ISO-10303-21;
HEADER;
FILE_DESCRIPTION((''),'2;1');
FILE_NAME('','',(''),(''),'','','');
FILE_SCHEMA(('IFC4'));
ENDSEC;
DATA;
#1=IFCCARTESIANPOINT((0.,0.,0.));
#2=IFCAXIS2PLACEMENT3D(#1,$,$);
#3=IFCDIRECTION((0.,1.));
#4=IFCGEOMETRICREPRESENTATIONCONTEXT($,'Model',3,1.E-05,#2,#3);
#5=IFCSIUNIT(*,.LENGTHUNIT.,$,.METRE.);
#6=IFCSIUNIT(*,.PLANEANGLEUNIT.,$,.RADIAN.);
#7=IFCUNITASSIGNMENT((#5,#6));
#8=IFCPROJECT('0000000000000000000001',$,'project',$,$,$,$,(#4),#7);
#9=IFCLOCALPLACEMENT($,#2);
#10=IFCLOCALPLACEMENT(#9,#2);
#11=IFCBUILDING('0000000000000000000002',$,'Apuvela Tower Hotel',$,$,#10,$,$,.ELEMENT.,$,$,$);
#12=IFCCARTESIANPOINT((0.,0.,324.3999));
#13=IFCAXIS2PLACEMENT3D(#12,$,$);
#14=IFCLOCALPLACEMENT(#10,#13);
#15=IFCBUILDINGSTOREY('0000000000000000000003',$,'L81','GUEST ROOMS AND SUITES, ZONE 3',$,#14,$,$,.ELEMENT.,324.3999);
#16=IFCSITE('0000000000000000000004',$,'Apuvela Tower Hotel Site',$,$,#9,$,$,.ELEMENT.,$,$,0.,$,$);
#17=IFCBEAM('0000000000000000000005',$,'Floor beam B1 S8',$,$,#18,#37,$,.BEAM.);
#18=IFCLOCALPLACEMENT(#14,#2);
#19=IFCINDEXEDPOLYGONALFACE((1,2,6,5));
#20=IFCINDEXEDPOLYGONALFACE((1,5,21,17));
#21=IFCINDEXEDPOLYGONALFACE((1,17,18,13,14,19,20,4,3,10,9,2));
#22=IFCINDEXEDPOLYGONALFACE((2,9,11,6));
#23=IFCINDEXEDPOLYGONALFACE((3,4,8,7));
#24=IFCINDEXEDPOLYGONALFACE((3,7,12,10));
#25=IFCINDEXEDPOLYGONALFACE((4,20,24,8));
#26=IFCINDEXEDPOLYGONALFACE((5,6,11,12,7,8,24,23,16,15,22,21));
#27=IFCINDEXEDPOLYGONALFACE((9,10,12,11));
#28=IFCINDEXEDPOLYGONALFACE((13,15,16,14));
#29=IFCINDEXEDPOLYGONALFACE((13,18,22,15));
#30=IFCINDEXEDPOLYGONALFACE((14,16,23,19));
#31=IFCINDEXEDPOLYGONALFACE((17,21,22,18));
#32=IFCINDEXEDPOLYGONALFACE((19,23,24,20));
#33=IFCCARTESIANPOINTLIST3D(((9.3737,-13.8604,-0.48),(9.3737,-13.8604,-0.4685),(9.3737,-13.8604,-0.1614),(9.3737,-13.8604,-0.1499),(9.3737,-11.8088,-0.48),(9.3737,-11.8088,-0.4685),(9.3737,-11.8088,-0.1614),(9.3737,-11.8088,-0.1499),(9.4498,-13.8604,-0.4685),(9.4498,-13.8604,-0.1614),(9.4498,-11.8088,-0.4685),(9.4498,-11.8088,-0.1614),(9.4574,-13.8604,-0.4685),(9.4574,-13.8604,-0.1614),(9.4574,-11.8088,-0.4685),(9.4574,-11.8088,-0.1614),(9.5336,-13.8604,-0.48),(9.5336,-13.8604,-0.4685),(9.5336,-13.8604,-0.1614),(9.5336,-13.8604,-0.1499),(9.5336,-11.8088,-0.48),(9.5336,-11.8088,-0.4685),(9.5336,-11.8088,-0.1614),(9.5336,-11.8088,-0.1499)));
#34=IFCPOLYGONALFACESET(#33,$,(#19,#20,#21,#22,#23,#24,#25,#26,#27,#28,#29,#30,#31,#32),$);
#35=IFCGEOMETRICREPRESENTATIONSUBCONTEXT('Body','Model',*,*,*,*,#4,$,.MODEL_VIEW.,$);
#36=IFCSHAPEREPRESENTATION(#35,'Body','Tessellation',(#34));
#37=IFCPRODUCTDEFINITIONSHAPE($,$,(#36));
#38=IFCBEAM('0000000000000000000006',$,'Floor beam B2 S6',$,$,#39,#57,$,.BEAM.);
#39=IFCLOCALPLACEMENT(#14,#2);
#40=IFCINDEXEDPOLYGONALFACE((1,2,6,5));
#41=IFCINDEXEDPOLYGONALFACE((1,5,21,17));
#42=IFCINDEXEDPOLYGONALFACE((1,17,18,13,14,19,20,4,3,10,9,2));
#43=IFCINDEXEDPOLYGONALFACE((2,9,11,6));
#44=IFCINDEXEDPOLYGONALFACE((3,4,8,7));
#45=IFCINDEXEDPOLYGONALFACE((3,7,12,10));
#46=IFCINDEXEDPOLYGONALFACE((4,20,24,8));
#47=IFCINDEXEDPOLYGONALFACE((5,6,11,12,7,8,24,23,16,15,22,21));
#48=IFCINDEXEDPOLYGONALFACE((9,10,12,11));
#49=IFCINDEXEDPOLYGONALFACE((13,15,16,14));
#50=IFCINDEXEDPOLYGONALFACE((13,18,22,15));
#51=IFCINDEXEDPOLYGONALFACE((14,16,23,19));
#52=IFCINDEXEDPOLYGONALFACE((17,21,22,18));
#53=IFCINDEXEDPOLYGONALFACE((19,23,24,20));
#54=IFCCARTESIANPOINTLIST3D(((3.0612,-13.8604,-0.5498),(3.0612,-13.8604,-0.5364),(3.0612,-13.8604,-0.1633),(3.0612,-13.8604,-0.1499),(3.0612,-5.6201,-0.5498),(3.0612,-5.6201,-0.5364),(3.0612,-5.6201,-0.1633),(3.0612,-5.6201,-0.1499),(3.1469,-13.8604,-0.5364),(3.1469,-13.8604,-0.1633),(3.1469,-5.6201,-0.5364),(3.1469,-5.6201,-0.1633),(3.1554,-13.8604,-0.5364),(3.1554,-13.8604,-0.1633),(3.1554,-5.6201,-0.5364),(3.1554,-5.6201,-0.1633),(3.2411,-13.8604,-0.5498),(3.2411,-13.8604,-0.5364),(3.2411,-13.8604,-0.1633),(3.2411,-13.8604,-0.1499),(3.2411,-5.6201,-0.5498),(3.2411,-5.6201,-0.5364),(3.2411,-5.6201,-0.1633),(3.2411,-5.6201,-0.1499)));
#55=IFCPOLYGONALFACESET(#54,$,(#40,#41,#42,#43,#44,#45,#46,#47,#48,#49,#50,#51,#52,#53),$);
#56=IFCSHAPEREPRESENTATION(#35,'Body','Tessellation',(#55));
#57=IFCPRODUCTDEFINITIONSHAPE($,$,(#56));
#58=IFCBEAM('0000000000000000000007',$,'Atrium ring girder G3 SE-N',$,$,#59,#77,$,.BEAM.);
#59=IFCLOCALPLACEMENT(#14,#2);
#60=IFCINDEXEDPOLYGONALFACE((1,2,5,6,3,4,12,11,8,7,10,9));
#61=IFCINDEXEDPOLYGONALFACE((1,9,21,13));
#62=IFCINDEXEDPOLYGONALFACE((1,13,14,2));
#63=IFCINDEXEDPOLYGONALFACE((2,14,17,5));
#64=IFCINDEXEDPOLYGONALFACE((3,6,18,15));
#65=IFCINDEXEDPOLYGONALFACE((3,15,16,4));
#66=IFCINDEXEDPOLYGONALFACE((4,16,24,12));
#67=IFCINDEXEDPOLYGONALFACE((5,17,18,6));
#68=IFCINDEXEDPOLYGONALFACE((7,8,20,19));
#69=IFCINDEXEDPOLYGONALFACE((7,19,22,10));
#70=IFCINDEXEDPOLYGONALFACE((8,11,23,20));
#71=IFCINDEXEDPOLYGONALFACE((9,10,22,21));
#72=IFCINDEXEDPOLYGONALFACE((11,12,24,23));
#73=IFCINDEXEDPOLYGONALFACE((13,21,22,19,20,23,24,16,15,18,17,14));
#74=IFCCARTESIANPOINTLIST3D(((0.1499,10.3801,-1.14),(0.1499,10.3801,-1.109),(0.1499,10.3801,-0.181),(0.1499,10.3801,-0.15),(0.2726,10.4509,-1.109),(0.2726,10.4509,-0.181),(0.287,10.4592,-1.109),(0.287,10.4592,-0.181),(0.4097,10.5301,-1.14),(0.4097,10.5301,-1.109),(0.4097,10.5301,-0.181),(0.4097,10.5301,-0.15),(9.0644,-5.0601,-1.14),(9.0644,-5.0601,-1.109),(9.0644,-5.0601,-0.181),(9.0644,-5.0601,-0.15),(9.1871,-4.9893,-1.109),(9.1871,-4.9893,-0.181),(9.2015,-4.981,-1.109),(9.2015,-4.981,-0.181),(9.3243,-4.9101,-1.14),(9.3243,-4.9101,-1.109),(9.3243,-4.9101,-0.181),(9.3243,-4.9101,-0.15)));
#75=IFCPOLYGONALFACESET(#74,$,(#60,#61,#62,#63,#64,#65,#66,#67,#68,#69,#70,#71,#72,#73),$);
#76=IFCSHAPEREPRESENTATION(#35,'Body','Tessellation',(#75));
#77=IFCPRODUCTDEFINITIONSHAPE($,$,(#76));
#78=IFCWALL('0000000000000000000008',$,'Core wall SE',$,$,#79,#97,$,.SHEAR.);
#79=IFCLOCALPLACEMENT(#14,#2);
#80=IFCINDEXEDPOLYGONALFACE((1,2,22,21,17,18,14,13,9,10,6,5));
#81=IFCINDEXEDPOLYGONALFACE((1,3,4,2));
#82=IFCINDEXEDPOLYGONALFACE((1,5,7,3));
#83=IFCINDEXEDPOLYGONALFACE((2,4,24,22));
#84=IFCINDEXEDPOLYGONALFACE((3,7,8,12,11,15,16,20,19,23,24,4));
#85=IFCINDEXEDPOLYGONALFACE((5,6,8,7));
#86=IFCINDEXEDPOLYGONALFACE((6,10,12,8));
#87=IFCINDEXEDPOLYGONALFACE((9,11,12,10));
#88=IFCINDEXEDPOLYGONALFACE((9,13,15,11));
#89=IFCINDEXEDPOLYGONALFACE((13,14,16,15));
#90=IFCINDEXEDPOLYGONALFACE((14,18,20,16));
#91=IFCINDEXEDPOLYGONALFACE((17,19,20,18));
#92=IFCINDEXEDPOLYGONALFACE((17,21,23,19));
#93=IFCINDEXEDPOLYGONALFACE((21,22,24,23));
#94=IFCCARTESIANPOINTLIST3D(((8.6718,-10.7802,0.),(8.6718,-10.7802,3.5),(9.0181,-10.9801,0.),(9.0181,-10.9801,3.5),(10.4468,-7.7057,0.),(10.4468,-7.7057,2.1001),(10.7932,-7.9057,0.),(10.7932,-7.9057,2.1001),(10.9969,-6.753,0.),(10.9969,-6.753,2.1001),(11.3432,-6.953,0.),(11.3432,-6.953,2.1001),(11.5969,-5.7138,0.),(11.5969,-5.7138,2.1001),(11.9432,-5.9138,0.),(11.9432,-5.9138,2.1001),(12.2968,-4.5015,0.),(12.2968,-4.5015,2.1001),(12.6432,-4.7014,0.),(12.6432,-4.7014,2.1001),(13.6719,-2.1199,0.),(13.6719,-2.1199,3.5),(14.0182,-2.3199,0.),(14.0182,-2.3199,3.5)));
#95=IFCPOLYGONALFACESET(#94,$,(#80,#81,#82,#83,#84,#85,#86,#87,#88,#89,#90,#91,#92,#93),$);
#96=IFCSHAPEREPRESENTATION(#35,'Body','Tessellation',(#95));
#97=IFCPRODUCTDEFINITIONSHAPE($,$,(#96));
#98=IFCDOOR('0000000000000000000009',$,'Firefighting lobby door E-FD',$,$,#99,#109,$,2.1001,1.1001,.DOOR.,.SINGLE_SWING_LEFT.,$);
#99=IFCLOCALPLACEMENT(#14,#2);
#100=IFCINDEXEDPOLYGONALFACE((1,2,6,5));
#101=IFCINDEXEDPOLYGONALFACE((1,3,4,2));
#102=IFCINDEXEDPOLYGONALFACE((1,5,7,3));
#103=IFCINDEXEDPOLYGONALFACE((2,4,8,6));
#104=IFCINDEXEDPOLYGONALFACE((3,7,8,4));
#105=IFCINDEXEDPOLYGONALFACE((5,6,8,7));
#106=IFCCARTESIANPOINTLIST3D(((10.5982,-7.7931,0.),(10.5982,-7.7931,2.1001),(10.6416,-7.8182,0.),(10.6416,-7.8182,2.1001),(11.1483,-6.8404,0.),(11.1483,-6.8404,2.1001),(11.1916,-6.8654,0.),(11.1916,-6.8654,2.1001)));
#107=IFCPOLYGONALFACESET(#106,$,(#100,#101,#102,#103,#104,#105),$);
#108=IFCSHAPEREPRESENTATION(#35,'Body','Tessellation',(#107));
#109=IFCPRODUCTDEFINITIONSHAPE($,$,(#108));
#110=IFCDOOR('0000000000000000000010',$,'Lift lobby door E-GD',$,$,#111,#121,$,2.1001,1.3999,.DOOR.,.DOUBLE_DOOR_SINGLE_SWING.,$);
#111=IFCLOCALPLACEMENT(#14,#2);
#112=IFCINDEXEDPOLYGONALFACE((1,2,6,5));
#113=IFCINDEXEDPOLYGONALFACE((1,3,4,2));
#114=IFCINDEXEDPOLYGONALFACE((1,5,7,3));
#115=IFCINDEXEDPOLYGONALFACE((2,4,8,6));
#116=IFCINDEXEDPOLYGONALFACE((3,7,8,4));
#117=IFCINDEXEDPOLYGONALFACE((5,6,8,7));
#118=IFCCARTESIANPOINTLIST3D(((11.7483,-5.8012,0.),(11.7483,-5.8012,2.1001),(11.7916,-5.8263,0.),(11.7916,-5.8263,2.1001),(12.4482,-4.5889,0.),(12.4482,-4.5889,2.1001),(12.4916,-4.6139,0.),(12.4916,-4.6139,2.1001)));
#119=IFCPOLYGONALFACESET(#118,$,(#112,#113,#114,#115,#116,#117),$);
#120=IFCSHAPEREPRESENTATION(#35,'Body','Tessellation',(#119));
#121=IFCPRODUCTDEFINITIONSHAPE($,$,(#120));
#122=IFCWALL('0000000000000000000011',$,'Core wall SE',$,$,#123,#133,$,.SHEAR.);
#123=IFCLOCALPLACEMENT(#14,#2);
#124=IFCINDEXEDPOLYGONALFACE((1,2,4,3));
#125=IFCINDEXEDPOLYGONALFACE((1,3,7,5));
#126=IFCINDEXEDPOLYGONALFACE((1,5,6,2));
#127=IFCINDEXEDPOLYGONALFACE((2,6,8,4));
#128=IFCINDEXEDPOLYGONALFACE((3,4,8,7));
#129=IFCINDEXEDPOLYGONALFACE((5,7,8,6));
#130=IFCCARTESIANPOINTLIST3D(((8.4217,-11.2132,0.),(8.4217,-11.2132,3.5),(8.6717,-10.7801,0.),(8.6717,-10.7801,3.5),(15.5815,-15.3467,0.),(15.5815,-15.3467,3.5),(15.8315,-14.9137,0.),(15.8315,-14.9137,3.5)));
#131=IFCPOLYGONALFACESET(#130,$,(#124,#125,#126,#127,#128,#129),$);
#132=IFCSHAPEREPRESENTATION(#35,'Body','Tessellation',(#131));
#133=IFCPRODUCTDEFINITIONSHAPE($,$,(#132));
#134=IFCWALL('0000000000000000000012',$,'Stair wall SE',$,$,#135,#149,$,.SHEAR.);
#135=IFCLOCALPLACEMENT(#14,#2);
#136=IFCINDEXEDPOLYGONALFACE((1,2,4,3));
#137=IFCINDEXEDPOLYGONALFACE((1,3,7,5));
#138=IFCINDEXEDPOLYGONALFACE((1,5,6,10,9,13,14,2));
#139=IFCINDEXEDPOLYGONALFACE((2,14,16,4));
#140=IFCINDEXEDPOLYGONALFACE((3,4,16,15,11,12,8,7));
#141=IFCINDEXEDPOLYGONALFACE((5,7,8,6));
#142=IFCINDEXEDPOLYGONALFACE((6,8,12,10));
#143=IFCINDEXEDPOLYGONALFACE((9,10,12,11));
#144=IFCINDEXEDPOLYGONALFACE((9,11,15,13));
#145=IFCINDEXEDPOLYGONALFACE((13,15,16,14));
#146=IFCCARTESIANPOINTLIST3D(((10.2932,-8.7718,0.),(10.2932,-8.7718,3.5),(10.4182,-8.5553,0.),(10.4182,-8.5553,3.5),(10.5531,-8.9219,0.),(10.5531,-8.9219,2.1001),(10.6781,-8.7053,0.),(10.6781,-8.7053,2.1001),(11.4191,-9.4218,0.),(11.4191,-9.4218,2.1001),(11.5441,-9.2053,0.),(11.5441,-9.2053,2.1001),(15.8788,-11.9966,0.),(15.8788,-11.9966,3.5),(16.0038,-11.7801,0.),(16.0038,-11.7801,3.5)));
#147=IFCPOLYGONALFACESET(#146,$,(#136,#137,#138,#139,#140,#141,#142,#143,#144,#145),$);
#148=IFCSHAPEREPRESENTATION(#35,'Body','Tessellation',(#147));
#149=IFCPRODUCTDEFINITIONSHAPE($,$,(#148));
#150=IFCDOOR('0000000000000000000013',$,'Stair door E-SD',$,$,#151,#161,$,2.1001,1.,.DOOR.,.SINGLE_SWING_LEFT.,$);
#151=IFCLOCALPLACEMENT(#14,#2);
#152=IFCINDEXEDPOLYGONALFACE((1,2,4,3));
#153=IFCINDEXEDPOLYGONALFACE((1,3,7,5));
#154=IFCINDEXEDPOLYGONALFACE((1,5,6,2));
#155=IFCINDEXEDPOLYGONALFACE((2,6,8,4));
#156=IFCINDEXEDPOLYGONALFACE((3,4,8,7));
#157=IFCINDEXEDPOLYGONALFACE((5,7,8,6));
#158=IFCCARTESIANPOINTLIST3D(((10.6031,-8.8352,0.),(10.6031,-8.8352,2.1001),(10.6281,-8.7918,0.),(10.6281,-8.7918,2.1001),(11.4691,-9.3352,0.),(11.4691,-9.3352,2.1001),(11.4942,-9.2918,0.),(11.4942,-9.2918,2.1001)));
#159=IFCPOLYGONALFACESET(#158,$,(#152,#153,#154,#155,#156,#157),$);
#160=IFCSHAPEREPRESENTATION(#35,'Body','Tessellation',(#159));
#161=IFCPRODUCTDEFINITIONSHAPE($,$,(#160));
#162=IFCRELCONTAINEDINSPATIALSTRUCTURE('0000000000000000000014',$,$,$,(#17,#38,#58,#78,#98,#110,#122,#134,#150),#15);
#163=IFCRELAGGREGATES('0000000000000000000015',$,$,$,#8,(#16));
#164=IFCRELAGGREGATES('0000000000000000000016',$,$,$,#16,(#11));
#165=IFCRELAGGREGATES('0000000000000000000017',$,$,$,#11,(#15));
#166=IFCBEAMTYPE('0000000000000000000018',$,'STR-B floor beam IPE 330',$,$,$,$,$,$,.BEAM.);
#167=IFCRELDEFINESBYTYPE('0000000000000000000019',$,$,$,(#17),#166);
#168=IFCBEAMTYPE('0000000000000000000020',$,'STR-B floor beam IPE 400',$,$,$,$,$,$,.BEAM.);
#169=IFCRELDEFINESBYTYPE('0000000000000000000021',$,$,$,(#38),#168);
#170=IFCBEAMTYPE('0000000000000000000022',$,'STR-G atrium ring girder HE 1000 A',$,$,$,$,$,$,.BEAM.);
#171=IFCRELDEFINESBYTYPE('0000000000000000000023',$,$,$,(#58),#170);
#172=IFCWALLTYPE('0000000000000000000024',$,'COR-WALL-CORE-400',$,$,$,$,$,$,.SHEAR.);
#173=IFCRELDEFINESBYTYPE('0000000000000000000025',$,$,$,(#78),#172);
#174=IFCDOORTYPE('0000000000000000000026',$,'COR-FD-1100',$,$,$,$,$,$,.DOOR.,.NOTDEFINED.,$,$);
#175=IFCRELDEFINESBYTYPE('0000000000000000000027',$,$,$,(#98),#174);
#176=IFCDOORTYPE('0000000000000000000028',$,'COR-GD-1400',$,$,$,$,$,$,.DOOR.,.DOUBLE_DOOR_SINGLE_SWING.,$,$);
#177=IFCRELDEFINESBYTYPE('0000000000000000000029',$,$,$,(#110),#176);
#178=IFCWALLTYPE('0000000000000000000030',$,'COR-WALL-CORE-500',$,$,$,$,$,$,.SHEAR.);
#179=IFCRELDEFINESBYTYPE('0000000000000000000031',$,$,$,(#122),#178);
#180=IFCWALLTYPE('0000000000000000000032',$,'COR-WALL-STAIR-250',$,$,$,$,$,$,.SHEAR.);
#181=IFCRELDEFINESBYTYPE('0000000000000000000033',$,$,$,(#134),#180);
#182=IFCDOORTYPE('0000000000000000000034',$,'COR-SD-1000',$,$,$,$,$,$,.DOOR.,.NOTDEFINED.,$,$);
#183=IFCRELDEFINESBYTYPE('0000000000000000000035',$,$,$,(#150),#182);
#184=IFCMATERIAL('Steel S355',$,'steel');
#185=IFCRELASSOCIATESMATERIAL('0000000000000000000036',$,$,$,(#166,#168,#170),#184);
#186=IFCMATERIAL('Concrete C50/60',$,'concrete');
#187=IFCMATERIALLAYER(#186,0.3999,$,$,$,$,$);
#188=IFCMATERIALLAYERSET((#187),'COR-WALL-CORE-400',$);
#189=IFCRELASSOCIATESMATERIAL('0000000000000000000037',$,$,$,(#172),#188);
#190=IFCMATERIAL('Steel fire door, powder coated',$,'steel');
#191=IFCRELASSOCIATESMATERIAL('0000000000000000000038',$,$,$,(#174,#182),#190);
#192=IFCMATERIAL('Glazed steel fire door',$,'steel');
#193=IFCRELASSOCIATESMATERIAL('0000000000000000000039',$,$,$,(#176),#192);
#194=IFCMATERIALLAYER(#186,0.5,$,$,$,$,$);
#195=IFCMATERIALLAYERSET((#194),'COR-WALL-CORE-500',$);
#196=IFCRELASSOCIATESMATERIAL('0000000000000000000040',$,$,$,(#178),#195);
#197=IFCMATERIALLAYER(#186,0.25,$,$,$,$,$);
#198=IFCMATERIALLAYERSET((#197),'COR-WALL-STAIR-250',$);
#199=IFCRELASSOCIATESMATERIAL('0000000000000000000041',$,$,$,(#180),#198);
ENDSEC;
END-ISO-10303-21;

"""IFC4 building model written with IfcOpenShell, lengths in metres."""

from ifc_helpers import new_model, si_unit, direction, frame, frame_2d, origin, origin_2d, place, context, subcontext, project, spatial, rectangle, i_section, extrude, material, layer, layer_set, material_profile, profile_set, type_object, element, fill, save


model = new_model("IFC4")

# Units and contexts
model_context = context("Model", 3, precision=1e-05, world=origin(), true_north=direction((0.0, 1.0)))
body_context = subcontext(model_context, "Body", "Model", "MODEL_VIEW")
ifc_project = project(units=[si_unit("LENGTHUNIT", "METRE"), si_unit("PLANEANGLEUNIT", "RADIAN")], contexts=[model_context])

# Site, building, storey
site_placement = place(None, origin())
site = spatial("IfcSite", under=ifc_project, at=site_placement, Name="Apuvela Tower Hotel Site", CompositionType="ELEMENT", RefElevation=0.0)
building_placement = place(site_placement, origin())
building = spatial("IfcBuilding", under=site, at=building_placement, Name="Apuvela Tower Hotel", CompositionType="ELEMENT")
storey_placement = place(building_placement, frame((0.0, 0.0, 324.3999)))
storey = spatial("IfcBuildingStorey", under=building, at=storey_placement, Name="L81", Description="GUEST ROOMS AND SUITES, ZONE 3", CompositionType="ELEMENT", Elevation=324.3999)

# Beams
ifc_material_1 = material(Name="Steel S355", Category="steel")
ifc_material_profile_1 = material_profile(ifc_material_1, i_section(OverallWidth=0.1599, OverallDepth=0.3301, WebThickness=0.0076, FlangeThickness=0.0115, at=origin_2d()), Name="IPE 330")
ifc_profile_set_1 = profile_set([ifc_material_profile_1], Name="Steel S355")
beam_type_1 = type_object("IfcBeamType", Name="STR-B floor beam IPE 330", PredefinedType="BEAM", material=ifc_profile_set_1)
beam_1_placement = place(storey_placement, frame((9.4536, -13.8604, -0.3149), z_axis=(0.0, 1.0, 0.0), x_axis=(-1.0, 0.0, 0.0)))
element("IfcBeam", 1, at=beam_1_placement, inside=storey, type_object=beam_type_1, Name="Floor beam B1 S8", PredefinedType="BEAM", context=body_context, shape_type="SweptSolid", body=[
    extrude(i_section(OverallWidth=0.1599, OverallDepth=0.3301, WebThickness=0.0076, FlangeThickness=0.0115, at=origin_2d()), origin(), (0.0, 0.0, 1.0), 2.0515),
])
ifc_material_profile_2 = material_profile(ifc_material_1, i_section(OverallWidth=0.1799, OverallDepth=0.3999, WebThickness=0.0085, FlangeThickness=0.0134, at=origin_2d()), Name="IPE 400")
ifc_profile_set_2 = profile_set([ifc_material_profile_2], Name="Steel S355")
beam_type_2 = type_object("IfcBeamType", Name="STR-B floor beam IPE 400", PredefinedType="BEAM", material=ifc_profile_set_2)
beam_2_placement = place(storey_placement, frame((3.1511, -13.8604, -0.3499), z_axis=(0.0, 1.0, 0.0), x_axis=(-1.0, 0.0, 0.0)))
element("IfcBeam", 2, at=beam_2_placement, inside=storey, type_object=beam_type_2, Name="Floor beam B2 S6", PredefinedType="BEAM", context=body_context, shape_type="SweptSolid", body=[
    extrude(i_section(OverallWidth=0.1799, OverallDepth=0.3999, WebThickness=0.0085, FlangeThickness=0.0134, at=origin_2d()), origin(), (0.0, 0.0, 1.0), 8.2402),
])
ifc_material_profile_3 = material_profile(ifc_material_1, i_section(OverallWidth=0.3, OverallDepth=0.99, WebThickness=0.0166, FlangeThickness=0.031, at=origin_2d()), Name="HE 1000 A")
ifc_profile_set_3 = profile_set([ifc_material_profile_3], Name="Steel S355")
beam_type_3 = type_object("IfcBeamType", Name="STR-G atrium ring girder HE 1000 A", PredefinedType="BEAM", material=ifc_profile_set_3)
beam_3_placement = place(storey_placement, frame((9.1943, -4.9851, -0.645), z_axis=(-0.500007, 0.866022, 0.0), x_axis=(-0.866022, -0.500007, 0.0)))
element("IfcBeam", 3, at=beam_3_placement, inside=storey, type_object=beam_type_3, Name="Atrium ring girder G3 SE-N", PredefinedType="BEAM", context=body_context, shape_type="SweptSolid", body=[
    extrude(i_section(OverallWidth=0.3, OverallDepth=0.99, WebThickness=0.0166, FlangeThickness=0.031, at=origin_2d()), origin(), (0.0, 0.0, 1.0), 17.8289),
])

# Wall, openings, doors
ifc_material_2 = material(Name="Concrete C50/60", Category="concrete")
ifc_layer_1 = layer(ifc_material_2, 0.3999)
ifc_layer_set_1 = layer_set([ifc_layer_1], Name="COR-WALL-CORE-400")
wall_type_1 = type_object("IfcWallType", Name="COR-WALL-CORE-400", PredefinedType="SHEAR", material=ifc_layer_set_1)
wall_1_placement = place(storey_placement, frame((8.845, -10.8801, 0.0), z_axis=(0.0, 0.0, 1.0), x_axis=(0.500004, 0.866023, 0.0)))
wall_1 = element("IfcWall", 4, at=wall_1_placement, inside=storey, type_object=wall_type_1, Name="Core wall SE", PredefinedType="SHEAR", context=body_context, shape_type="SweptSolid", body=[
    extrude(rectangle(XDim=10.0, YDim=0.3999, at=frame_2d((5.0, 0.0))), origin(), (0.0, 0.0, 1.0), 3.5),
])
opening_1_placement = place(wall_1_placement, frame((3.55, 0.0, 0.0)))
opening_1 = element("IfcOpeningElement", 5, at=opening_1_placement, cuts=wall_1, PredefinedType="OPENING", context=body_context, shape_type="SweptSolid", body=[
    extrude(rectangle(XDim=1.1001, YDim=2.1001, at=frame_2d((0.55, 1.05))), frame((0.0, 0.21, 0.0), z_axis=(0.0, -1.0, 0.0), x_axis=(1.0, 0.0, 0.0)), (0.0, 0.0, 1.0), 0.4199),
])
opening_2_placement = place(wall_1_placement, frame((5.8501, 0.0, 0.0)))
opening_2 = element("IfcOpeningElement", 6, at=opening_2_placement, cuts=wall_1, PredefinedType="OPENING", context=body_context, shape_type="SweptSolid", body=[
    extrude(rectangle(XDim=1.3999, YDim=2.1001, at=frame_2d((0.7, 1.05))), frame((0.0, 0.21, 0.0), z_axis=(0.0, -1.0, 0.0), x_axis=(1.0, 0.0, 0.0)), (0.0, 0.0, 1.0), 0.4199),
])
ifc_material_3 = material(Name="Steel fire door, powder coated", Category="steel")
door_type_1 = type_object("IfcDoorType", Name="COR-FD-1100", OperationType="NOTDEFINED", PredefinedType="DOOR", material=ifc_material_3)
door_1_placement = place(opening_1_placement, frame((1.1001, 0.0, 0.0), z_axis=(0.0, 0.0, 1.0), x_axis=(-1.0, 0.0, 0.0)))
door_1 = element("IfcDoor", 7, at=door_1_placement, inside=storey, type_object=door_type_1, Name="Firefighting lobby door E-FD", OperationType="SINGLE_SWING_LEFT", OverallHeight=2.1001, OverallWidth=1.1001, PredefinedType="DOOR", context=body_context, shape_type="SweptSolid", body=[
    extrude(rectangle(XDim=1.1001, YDim=2.1001, at=frame_2d((0.55, 1.05))), frame((0.0, 0.0249, 0.0), z_axis=(0.0, -1.0, 0.0), x_axis=(1.0, 0.0, 0.0)), (0.0, 0.0, 1.0), 0.05),
])
fill(opening_1, door_1)
ifc_material_4 = material(Name="Glazed steel fire door", Category="steel")
door_type_2 = type_object("IfcDoorType", Name="COR-GD-1400", OperationType="DOUBLE_DOOR_SINGLE_SWING", PredefinedType="DOOR", material=ifc_material_4)
door_2_placement = place(opening_2_placement, frame((1.3999, 0.0, 0.0), z_axis=(0.0, 0.0, 1.0), x_axis=(-1.0, 0.0, 0.0)))
door_2 = element("IfcDoor", 8, at=door_2_placement, inside=storey, type_object=door_type_2, Name="Lift lobby door E-GD", OperationType="DOUBLE_DOOR_SINGLE_SWING", OverallHeight=2.1001, OverallWidth=1.3999, PredefinedType="DOOR", context=body_context, shape_type="SweptSolid", body=[
    extrude(rectangle(XDim=1.3999, YDim=2.1001, at=frame_2d((0.7, 1.05))), frame((0.0, 0.0249, 0.0), z_axis=(0.0, -1.0, 0.0), x_axis=(1.0, 0.0, 0.0)), (0.0, 0.0, 1.0), 0.05),
])
fill(opening_2, door_2)

# Wall
ifc_layer_2 = layer(ifc_material_2, 0.5)
ifc_layer_set_2 = layer_set([ifc_layer_2], Name="COR-WALL-CORE-500")
wall_type_2 = type_object("IfcWallType", Name="COR-WALL-CORE-500", PredefinedType="SHEAR", material=ifc_layer_set_2)
wall_2_placement = place(storey_placement, frame((8.5466, -10.9966, 0.0), z_axis=(0.0, 0.0, 1.0), x_axis=(0.86603, -0.499992, 0.0)))
element("IfcWall", 9, at=wall_2_placement, inside=storey, type_object=wall_type_2, Name="Core wall SE", PredefinedType="SHEAR", context=body_context, shape_type="SweptSolid", body=[
    extrude(rectangle(XDim=8.2673, YDim=0.5, at=frame_2d((4.1338, 0.0))), origin(), (0.0, 0.0, 1.0), 3.5),
])

# Wall, opening, door
ifc_layer_3 = layer(ifc_material_2, 0.25)
ifc_layer_set_3 = layer_set([ifc_layer_3], Name="COR-WALL-STAIR-250")
wall_type_3 = type_object("IfcWallType", Name="COR-WALL-STAIR-250", PredefinedType="SHEAR", material=ifc_layer_set_3)
wall_3_placement = place(storey_placement, frame((10.3557, -8.6636, 0.0), z_axis=(0.0, 0.0, 1.0), x_axis=(0.866029, -0.499994, 0.0)))
wall_3 = element("IfcWall", 10, at=wall_3_placement, inside=storey, type_object=wall_type_3, Name="Stair wall SE", PredefinedType="SHEAR", context=body_context, shape_type="SweptSolid", body=[
    extrude(rectangle(XDim=6.4497, YDim=0.25, at=frame_2d((3.2249, 0.0))), origin(), (0.0, 0.0, 1.0), 3.5),
])
opening_3_placement = place(wall_3_placement, frame((0.3, 0.0, 0.0)))
opening_3 = element("IfcOpeningElement", 11, at=opening_3_placement, cuts=wall_3, PredefinedType="OPENING", context=body_context, shape_type="SweptSolid", body=[
    extrude(rectangle(XDim=1.0, YDim=2.1001, at=frame_2d((0.5, 1.05))), frame((0.0, 0.135, 0.0), z_axis=(0.0, -1.0, 0.0), x_axis=(1.0, 0.0, 0.0)), (0.0, 0.0, 1.0), 0.27),
])
door_type_3 = type_object("IfcDoorType", Name="COR-SD-1000", OperationType="NOTDEFINED", PredefinedType="DOOR", material=ifc_material_3)
door_3_placement = place(opening_3_placement, frame((1.0, 0.0, 0.0), z_axis=(0.0, 0.0, 1.0), x_axis=(-1.0, 0.0, 0.0)))
door_3 = element("IfcDoor", 12, at=door_3_placement, inside=storey, type_object=door_type_3, Name="Stair door E-SD", OperationType="SINGLE_SWING_LEFT", OverallHeight=2.1001, OverallWidth=1.0, PredefinedType="DOOR", context=body_context, shape_type="SweptSolid", body=[
    extrude(rectangle(XDim=1.0, YDim=2.1001, at=frame_2d((0.5, 1.05))), frame((0.0, 0.0249, 0.0), z_axis=(0.0, -1.0, 0.0), x_axis=(1.0, 0.0, 0.0)), (0.0, 0.0, 1.0), 0.05),
])
fill(opening_3, door_3)

save(model, "model.ifc")
